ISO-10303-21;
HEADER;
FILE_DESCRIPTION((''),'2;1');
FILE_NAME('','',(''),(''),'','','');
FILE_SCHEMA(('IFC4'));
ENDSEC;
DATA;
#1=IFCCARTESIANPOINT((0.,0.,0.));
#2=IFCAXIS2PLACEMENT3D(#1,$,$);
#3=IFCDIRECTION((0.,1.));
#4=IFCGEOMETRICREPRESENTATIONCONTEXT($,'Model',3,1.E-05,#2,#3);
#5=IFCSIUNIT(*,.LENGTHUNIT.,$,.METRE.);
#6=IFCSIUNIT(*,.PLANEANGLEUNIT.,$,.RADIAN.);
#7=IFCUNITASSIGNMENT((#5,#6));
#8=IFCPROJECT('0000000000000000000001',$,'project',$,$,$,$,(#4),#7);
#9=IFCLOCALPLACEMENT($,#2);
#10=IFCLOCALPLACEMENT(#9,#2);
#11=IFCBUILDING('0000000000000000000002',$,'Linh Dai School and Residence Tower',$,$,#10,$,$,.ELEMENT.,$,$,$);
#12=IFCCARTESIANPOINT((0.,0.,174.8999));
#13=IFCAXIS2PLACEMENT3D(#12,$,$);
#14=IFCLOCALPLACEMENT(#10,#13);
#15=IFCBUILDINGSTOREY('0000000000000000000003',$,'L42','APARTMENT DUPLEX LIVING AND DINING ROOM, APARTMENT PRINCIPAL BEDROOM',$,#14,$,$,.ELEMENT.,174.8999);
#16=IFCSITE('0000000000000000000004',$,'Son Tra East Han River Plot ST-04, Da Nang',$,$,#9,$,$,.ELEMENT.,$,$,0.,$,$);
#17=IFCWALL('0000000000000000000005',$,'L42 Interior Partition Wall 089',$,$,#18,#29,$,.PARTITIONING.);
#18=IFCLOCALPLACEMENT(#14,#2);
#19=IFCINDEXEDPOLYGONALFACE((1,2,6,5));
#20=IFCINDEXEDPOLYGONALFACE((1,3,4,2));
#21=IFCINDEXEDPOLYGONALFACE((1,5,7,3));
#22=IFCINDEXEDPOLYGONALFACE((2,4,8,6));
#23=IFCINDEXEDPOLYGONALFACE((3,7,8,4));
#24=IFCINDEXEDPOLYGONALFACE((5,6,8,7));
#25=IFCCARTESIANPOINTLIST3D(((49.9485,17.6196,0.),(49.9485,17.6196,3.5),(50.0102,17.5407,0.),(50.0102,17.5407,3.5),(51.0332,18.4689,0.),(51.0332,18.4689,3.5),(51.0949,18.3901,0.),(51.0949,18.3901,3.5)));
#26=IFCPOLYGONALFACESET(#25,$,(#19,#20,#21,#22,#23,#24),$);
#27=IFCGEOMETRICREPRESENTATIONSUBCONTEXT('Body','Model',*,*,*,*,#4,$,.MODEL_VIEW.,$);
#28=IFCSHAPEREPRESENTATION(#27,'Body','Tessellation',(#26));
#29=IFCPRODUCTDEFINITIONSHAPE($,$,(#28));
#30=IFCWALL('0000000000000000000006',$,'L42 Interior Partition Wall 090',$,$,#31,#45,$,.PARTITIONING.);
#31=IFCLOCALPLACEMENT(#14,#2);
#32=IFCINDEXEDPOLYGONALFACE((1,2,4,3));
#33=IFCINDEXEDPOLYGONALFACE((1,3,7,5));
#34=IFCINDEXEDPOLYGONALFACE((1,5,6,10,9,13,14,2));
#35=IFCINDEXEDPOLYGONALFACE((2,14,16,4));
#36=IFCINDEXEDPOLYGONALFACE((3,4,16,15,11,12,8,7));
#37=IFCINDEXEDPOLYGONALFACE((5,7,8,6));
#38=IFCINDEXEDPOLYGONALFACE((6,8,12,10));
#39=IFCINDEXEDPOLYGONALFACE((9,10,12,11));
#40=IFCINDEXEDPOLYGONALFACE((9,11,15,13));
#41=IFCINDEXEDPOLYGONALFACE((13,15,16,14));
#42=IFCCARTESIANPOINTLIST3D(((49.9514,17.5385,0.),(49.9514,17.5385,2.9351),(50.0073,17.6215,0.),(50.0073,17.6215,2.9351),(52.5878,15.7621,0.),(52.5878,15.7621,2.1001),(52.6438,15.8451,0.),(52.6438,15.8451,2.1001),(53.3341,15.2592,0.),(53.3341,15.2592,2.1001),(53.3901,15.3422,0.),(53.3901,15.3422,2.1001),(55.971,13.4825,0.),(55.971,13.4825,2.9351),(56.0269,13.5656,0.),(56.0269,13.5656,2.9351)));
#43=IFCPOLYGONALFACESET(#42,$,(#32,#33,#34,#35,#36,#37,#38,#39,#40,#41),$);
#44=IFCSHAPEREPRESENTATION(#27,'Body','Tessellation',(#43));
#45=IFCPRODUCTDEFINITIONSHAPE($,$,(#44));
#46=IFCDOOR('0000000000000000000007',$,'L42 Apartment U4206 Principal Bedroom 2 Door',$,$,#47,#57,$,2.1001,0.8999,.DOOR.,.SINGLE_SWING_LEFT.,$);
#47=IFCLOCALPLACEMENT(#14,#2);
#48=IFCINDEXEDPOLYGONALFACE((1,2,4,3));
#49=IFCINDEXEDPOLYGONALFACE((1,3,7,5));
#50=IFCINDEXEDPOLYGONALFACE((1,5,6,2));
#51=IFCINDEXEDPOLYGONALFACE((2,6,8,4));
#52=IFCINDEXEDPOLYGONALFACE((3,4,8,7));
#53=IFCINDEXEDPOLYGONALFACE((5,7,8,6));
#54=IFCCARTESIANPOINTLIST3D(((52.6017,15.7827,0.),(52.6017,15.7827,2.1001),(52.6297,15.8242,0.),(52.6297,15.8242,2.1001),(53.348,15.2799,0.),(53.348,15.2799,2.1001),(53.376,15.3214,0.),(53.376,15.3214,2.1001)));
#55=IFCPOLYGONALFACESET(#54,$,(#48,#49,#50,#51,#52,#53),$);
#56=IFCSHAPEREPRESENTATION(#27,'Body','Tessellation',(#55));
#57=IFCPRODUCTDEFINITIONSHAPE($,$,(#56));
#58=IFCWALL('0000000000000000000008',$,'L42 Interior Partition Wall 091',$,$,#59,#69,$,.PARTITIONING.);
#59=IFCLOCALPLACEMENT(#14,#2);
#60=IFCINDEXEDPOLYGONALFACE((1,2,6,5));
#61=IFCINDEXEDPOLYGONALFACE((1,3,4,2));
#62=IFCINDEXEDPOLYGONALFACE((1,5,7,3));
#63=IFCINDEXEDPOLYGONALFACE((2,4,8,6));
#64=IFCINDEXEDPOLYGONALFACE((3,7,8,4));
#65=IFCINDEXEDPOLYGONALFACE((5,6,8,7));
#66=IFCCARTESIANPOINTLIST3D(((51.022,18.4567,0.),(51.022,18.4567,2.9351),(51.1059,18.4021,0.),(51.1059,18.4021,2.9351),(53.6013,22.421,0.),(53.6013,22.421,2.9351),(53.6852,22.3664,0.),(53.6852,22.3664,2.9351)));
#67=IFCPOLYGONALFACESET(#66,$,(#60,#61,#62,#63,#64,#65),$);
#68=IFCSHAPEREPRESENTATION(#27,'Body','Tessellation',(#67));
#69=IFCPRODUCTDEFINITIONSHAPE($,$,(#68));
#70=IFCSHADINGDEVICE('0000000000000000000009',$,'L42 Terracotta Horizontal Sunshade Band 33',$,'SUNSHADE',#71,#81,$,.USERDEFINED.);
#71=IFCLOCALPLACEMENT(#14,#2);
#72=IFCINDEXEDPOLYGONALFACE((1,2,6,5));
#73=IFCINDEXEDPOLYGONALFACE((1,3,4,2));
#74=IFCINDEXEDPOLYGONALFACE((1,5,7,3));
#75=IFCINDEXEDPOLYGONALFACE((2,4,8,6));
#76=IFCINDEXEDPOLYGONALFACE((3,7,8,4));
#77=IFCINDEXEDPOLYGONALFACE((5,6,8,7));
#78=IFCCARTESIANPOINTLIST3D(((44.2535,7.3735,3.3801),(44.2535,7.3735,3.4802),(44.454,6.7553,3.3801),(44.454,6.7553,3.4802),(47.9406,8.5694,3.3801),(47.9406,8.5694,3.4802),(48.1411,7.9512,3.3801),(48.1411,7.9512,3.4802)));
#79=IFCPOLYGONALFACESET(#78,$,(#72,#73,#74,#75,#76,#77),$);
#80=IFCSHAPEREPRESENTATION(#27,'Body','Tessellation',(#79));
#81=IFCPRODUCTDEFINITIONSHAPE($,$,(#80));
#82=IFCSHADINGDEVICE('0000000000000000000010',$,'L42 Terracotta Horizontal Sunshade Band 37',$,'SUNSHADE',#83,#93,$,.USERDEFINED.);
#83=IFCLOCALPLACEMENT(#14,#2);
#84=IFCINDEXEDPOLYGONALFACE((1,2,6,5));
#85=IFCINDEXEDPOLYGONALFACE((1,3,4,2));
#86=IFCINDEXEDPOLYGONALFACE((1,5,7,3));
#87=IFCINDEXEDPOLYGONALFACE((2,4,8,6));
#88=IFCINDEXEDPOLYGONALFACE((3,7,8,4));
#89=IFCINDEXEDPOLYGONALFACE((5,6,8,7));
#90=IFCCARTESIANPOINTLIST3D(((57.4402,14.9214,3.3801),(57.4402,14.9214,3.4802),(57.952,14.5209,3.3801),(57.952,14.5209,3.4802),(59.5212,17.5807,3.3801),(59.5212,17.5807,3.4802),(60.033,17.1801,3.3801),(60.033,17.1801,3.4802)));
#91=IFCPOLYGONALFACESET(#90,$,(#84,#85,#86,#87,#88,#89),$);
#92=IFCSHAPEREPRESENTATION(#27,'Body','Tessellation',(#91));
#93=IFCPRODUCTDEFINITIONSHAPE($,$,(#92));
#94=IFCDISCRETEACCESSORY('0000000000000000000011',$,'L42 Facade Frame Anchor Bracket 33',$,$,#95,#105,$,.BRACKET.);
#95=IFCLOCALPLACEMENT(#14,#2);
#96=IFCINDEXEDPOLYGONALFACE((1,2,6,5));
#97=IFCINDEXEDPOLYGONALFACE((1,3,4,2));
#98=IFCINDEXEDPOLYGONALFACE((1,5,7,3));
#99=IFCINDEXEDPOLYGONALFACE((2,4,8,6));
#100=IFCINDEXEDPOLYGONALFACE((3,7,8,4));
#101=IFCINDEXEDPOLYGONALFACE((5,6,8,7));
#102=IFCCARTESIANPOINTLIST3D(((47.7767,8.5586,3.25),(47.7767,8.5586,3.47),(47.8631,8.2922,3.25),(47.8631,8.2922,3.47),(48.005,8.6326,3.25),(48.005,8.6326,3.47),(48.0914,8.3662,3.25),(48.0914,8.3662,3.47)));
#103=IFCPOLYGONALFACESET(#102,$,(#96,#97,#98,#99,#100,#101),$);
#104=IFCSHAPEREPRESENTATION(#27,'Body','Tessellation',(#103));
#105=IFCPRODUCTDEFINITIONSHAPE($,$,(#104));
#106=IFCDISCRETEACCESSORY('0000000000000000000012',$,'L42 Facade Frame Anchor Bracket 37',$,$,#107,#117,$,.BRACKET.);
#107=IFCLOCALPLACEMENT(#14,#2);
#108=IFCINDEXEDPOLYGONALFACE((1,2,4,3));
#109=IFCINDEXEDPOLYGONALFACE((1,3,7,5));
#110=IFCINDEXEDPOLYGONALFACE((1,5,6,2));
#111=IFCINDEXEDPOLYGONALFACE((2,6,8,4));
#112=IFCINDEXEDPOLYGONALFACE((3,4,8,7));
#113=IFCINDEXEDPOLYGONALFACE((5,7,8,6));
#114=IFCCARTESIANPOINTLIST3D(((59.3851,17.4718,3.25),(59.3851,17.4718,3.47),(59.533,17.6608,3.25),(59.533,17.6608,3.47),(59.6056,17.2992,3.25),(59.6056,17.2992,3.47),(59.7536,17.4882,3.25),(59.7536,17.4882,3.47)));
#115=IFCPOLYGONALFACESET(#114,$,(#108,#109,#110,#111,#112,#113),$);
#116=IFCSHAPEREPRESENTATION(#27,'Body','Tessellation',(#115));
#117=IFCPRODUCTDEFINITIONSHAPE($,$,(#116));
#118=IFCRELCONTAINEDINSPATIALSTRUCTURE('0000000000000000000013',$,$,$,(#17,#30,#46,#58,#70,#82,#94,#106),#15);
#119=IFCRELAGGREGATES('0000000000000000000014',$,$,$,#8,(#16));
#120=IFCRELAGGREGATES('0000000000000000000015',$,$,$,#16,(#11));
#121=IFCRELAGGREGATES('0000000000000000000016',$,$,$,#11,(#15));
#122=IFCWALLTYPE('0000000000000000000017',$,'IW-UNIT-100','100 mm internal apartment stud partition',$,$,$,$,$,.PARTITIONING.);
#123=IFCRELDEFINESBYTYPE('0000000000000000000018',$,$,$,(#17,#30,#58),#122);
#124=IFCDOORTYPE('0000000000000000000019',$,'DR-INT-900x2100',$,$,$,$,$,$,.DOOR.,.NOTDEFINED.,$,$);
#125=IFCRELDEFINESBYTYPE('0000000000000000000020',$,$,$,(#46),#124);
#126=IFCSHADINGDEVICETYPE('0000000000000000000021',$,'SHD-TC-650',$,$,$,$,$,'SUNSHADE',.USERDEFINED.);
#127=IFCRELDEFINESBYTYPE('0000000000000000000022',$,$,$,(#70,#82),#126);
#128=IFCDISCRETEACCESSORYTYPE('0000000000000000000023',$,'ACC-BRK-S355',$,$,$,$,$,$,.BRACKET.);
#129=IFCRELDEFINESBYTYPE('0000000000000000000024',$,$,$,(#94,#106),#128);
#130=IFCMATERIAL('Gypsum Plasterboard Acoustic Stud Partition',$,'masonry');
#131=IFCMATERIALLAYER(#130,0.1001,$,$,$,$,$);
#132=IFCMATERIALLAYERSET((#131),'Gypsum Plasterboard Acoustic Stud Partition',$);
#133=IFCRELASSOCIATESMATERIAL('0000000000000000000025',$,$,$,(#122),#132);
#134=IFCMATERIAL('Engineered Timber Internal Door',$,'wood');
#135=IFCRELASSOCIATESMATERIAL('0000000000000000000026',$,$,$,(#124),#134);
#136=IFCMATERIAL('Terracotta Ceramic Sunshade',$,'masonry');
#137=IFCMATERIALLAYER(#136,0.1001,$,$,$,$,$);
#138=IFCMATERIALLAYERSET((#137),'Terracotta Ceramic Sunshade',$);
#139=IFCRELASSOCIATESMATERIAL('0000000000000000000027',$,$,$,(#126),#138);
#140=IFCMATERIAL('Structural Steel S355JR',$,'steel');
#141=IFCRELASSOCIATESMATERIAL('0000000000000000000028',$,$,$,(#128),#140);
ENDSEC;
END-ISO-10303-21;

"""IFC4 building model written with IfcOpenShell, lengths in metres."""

from ifc_helpers import new_model, si_unit, direction, frame, frame_2d, origin, origin_2d, place, context, subcontext, project, spatial, rectangle, extrude, source, transform, mapped, material, layer, layer_set, type_object, element, fill, save


model = new_model("IFC4")

# Units and contexts
model_context = context("Model", 3, precision=1e-05, world=origin(), true_north=direction((0.0, 1.0)))
body_context = subcontext(model_context, "Body", "Model", "MODEL_VIEW")
ifc_project = project(units=[si_unit("LENGTHUNIT", "METRE"), si_unit("PLANEANGLEUNIT", "RADIAN")], contexts=[model_context])

# Site, building, storey
site_placement = place(None, origin())
site = spatial("IfcSite", under=ifc_project, at=site_placement, Name="Son Tra East Han River Plot ST-04, Da Nang", CompositionType="ELEMENT", RefElevation=0.0)
building_placement = place(site_placement, origin())
building = spatial("IfcBuilding", under=site, at=building_placement, Name="Linh Dai School and Residence Tower", CompositionType="ELEMENT")
storey_placement = place(building_placement, frame((0.0, 0.0, 174.8999)))
storey = spatial("IfcBuildingStorey", under=building, at=storey_placement, Name="L42", Description="APARTMENT DUPLEX LIVING AND DINING ROOM, APARTMENT PRINCIPAL BEDROOM", CompositionType="ELEMENT", Elevation=174.8999)

# Shared definitions
ifc_material_1 = material(Name="Structural Steel S355JR", Category="steel")

# Shared definitions
ifc_material_2 = material(Name="Gypsum Plasterboard Acoustic Stud Partition", Category="masonry")
ifc_layer_1 = layer(ifc_material_2, 0.1001)
ifc_layer_set_1 = layer_set([ifc_layer_1], Name="Gypsum Plasterboard Acoustic Stud Partition")
wall_type_1 = type_object("IfcWallType", Name="IW-UNIT-100", Description="100 mm internal apartment stud partition", PredefinedType="PARTITIONING", material=ifc_layer_set_1)
ifc_material_3 = material(Name="Engineered Timber Internal Door", Category="wood")
door_type = type_object("IfcDoorType", Name="DR-INT-900x2100", OperationType="NOTDEFINED", PredefinedType="DOOR", material=ifc_material_3)
shared_shape_1 = source(origin(), body_context, "Body", "SweptSolid", [
    extrude(rectangle(XDim=0.8999, YDim=2.1001, at=origin_2d()), frame((0.45, 0.0249, 1.05), z_axis=(0.0, -1.0, 0.0), x_axis=(1.0, 0.0, 0.0)), (0.0, 0.0, 1.0), 0.05),
])

# Wall
wall_1_placement = place(storey_placement, frame((49.9792, 17.5801, 0.0), z_axis=(0.0, 0.0, 1.0), x_axis=(0.787344, 0.616514, 0.0)))
element("IfcWall", 1, at=wall_1_placement, inside=storey, type_object=wall_type_1, Name="L42 Interior Partition Wall 089", PredefinedType="PARTITIONING", context=body_context, shape_type="SweptSolid", body=[
    extrude(rectangle(XDim=1.3777, YDim=0.1001, at=frame_2d((0.689, 0.0))), origin(), (0.0, 0.0, 1.0), 3.5),
])

# Wall, opening, door
wall_2_placement = place(storey_placement, frame((49.9792, 17.5801, 0.0), z_axis=(0.0, 0.0, 1.0), x_axis=(0.829313, -0.558784, 0.0)))
wall_2 = element("IfcWall", 2, at=wall_2_placement, inside=storey, type_object=wall_type_1, Name="L42 Interior Partition Wall 090", PredefinedType="PARTITIONING", context=body_context, shape_type="SweptSolid", body=[
    extrude(rectangle(XDim=7.2585, YDim=0.1001, at=frame_2d((3.6294, 0.0))), origin(), (0.0, 0.0, 1.0), 2.9351),
])
opening_1_placement = place(wall_2_placement, frame((3.1792, 0.0, 0.0)))
opening_1 = element("IfcOpeningElement", 3, at=opening_1_placement, cuts=wall_2, PredefinedType="OPENING", context=body_context, shape_type="SweptSolid", body=[
    extrude(rectangle(XDim=0.8999, YDim=2.1001, at=origin_2d()), frame((0.45, 0.0601, 1.05), z_axis=(0.0, -1.0, 0.0), x_axis=(1.0, 0.0, 0.0)), (0.0, 0.0, 1.0), 0.1201),
])
door_1_placement = place(opening_1_placement, origin())
door_1 = element("IfcDoor", 4, at=door_1_placement, inside=storey, type_object=door_type, Name="L42 Apartment U4206 Principal Bedroom 2 Door", OperationType="SINGLE_SWING_LEFT", OverallHeight=2.1001, OverallWidth=0.8999, PredefinedType="DOOR", context=body_context, shape_type="MappedRepresentation", body=[
    mapped(shared_shape_1, transform((0.0, 0.0, 0.0), x_axis=(1.0, 0.0, 0.0), y_axis=(0.0, 1.0, 0.0), z_axis=(0.0, 0.0, 1.0), scale=1.0)),
])
fill(opening_1, door_1)

# Wall
wall_3_placement = place(storey_placement, frame((51.064, 18.4294, 0.0), z_axis=(0.0, 0.0, 1.0), x_axis=(0.545362, 0.838201, 0.0)))
element("IfcWall", 5, at=wall_3_placement, inside=storey, type_object=wall_type_1, Name="L42 Interior Partition Wall 091", PredefinedType="PARTITIONING", context=body_context, shape_type="SweptSolid", body=[
    extrude(rectangle(XDim=4.7295, YDim=0.1001, at=frame_2d((2.3647, 0.0))), origin(), (0.0, 0.0, 1.0), 2.9351),
])

# Shading devices
ifc_material_4 = material(Name="Terracotta Ceramic Sunshade", Category="masonry")
ifc_layer_2 = layer(ifc_material_4, 0.1001)
ifc_layer_set_2 = layer_set([ifc_layer_2], Name="Terracotta Ceramic Sunshade")
shading_device_type = type_object("IfcShadingDeviceType", Name="SHD-TC-650", ElementType="SUNSHADE", PredefinedType="USERDEFINED", material=ifc_layer_set_2)
shared_shape_2 = source(origin(), body_context, "Body", "SweptSolid", [
    extrude(rectangle(XDim=3.8762, YDim=0.6499, at=origin_2d()), origin(), (0.0, 0.0, 1.0), 0.1001),
])
shading_device_1_placement = place(storey_placement, frame((46.1973, 7.6624, 3.3801), z_axis=(0.0, 0.0, 1.0), x_axis=(-0.951213, -0.308536, 0.0)))
element("IfcShadingDevice", 6, at=shading_device_1_placement, inside=storey, type_object=shading_device_type, Name="L42 Terracotta Horizontal Sunshade Band 33", ObjectType="SUNSHADE", PredefinedType="USERDEFINED", context=body_context, shape_type="MappedRepresentation", body=[
    mapped(shared_shape_2, transform((0.0, 0.0, 0.0), x_axis=(1.0, 0.0, 0.0), y_axis=(0.0, 1.0, 0.0), z_axis=(0.0, 0.0, 1.0), scale=1.0)),
])
shared_shape_3 = source(origin(), body_context, "Body", "SweptSolid", [
    extrude(rectangle(XDim=3.3767, YDim=0.6499, at=origin_2d()), origin(), (0.0, 0.0, 1.0), 0.1001),
])
shading_device_2_placement = place(storey_placement, frame((58.7366, 16.0508, 3.3801), z_axis=(0.0, 0.0, 1.0), x_axis=(-0.616286, -0.787522, 0.0)))
element("IfcShadingDevice", 7, at=shading_device_2_placement, inside=storey, type_object=shading_device_type, Name="L42 Terracotta Horizontal Sunshade Band 37", ObjectType="SUNSHADE", PredefinedType="USERDEFINED", context=body_context, shape_type="MappedRepresentation", body=[
    mapped(shared_shape_3, transform((0.0, 0.0, 0.0), x_axis=(1.0, 0.0, 0.0), y_axis=(0.0, 1.0, 0.0), z_axis=(0.0, 0.0, 1.0), scale=1.0)),
])

# Discrete accessories
discrete_accessory_type = type_object("IfcDiscreteAccessoryType", Name="ACC-BRK-S355", PredefinedType="BRACKET", material=ifc_material_1)
shared_shape_4 = source(origin(), body_context, "Body", "SweptSolid", [
    extrude(rectangle(XDim=0.28, YDim=0.24, at=origin_2d()), origin(), (0.0, 0.0, 1.0), 0.22),
])
for number, where, z_axis, x_axis, name in (
    (8, (47.9341, 8.4624, 3.25), (0.0, 0.0, 1.0), (0.308536, -0.951213, 0.0), "L42 Facade Frame Anchor Bracket 33"),
    (9, (59.5693, 17.48, 3.25), (0.0, 0.0, 1.0), (0.787522, -0.616286, 0.0), "L42 Facade Frame Anchor Bracket 37"),
):
    element("IfcDiscreteAccessory", number, at=place(storey_placement, frame(where, z_axis=z_axis, x_axis=x_axis)), inside=storey, type_object=discrete_accessory_type, Name=name, PredefinedType="BRACKET", context=body_context, shape_type="MappedRepresentation", body=[
        mapped(shared_shape_4, transform((0.0, 0.0, 0.0), x_axis=(1.0, 0.0, 0.0), y_axis=(0.0, 1.0, 0.0), z_axis=(0.0, 0.0, 1.0), scale=1.0)),
    ])

save(model, "model.ifc")
